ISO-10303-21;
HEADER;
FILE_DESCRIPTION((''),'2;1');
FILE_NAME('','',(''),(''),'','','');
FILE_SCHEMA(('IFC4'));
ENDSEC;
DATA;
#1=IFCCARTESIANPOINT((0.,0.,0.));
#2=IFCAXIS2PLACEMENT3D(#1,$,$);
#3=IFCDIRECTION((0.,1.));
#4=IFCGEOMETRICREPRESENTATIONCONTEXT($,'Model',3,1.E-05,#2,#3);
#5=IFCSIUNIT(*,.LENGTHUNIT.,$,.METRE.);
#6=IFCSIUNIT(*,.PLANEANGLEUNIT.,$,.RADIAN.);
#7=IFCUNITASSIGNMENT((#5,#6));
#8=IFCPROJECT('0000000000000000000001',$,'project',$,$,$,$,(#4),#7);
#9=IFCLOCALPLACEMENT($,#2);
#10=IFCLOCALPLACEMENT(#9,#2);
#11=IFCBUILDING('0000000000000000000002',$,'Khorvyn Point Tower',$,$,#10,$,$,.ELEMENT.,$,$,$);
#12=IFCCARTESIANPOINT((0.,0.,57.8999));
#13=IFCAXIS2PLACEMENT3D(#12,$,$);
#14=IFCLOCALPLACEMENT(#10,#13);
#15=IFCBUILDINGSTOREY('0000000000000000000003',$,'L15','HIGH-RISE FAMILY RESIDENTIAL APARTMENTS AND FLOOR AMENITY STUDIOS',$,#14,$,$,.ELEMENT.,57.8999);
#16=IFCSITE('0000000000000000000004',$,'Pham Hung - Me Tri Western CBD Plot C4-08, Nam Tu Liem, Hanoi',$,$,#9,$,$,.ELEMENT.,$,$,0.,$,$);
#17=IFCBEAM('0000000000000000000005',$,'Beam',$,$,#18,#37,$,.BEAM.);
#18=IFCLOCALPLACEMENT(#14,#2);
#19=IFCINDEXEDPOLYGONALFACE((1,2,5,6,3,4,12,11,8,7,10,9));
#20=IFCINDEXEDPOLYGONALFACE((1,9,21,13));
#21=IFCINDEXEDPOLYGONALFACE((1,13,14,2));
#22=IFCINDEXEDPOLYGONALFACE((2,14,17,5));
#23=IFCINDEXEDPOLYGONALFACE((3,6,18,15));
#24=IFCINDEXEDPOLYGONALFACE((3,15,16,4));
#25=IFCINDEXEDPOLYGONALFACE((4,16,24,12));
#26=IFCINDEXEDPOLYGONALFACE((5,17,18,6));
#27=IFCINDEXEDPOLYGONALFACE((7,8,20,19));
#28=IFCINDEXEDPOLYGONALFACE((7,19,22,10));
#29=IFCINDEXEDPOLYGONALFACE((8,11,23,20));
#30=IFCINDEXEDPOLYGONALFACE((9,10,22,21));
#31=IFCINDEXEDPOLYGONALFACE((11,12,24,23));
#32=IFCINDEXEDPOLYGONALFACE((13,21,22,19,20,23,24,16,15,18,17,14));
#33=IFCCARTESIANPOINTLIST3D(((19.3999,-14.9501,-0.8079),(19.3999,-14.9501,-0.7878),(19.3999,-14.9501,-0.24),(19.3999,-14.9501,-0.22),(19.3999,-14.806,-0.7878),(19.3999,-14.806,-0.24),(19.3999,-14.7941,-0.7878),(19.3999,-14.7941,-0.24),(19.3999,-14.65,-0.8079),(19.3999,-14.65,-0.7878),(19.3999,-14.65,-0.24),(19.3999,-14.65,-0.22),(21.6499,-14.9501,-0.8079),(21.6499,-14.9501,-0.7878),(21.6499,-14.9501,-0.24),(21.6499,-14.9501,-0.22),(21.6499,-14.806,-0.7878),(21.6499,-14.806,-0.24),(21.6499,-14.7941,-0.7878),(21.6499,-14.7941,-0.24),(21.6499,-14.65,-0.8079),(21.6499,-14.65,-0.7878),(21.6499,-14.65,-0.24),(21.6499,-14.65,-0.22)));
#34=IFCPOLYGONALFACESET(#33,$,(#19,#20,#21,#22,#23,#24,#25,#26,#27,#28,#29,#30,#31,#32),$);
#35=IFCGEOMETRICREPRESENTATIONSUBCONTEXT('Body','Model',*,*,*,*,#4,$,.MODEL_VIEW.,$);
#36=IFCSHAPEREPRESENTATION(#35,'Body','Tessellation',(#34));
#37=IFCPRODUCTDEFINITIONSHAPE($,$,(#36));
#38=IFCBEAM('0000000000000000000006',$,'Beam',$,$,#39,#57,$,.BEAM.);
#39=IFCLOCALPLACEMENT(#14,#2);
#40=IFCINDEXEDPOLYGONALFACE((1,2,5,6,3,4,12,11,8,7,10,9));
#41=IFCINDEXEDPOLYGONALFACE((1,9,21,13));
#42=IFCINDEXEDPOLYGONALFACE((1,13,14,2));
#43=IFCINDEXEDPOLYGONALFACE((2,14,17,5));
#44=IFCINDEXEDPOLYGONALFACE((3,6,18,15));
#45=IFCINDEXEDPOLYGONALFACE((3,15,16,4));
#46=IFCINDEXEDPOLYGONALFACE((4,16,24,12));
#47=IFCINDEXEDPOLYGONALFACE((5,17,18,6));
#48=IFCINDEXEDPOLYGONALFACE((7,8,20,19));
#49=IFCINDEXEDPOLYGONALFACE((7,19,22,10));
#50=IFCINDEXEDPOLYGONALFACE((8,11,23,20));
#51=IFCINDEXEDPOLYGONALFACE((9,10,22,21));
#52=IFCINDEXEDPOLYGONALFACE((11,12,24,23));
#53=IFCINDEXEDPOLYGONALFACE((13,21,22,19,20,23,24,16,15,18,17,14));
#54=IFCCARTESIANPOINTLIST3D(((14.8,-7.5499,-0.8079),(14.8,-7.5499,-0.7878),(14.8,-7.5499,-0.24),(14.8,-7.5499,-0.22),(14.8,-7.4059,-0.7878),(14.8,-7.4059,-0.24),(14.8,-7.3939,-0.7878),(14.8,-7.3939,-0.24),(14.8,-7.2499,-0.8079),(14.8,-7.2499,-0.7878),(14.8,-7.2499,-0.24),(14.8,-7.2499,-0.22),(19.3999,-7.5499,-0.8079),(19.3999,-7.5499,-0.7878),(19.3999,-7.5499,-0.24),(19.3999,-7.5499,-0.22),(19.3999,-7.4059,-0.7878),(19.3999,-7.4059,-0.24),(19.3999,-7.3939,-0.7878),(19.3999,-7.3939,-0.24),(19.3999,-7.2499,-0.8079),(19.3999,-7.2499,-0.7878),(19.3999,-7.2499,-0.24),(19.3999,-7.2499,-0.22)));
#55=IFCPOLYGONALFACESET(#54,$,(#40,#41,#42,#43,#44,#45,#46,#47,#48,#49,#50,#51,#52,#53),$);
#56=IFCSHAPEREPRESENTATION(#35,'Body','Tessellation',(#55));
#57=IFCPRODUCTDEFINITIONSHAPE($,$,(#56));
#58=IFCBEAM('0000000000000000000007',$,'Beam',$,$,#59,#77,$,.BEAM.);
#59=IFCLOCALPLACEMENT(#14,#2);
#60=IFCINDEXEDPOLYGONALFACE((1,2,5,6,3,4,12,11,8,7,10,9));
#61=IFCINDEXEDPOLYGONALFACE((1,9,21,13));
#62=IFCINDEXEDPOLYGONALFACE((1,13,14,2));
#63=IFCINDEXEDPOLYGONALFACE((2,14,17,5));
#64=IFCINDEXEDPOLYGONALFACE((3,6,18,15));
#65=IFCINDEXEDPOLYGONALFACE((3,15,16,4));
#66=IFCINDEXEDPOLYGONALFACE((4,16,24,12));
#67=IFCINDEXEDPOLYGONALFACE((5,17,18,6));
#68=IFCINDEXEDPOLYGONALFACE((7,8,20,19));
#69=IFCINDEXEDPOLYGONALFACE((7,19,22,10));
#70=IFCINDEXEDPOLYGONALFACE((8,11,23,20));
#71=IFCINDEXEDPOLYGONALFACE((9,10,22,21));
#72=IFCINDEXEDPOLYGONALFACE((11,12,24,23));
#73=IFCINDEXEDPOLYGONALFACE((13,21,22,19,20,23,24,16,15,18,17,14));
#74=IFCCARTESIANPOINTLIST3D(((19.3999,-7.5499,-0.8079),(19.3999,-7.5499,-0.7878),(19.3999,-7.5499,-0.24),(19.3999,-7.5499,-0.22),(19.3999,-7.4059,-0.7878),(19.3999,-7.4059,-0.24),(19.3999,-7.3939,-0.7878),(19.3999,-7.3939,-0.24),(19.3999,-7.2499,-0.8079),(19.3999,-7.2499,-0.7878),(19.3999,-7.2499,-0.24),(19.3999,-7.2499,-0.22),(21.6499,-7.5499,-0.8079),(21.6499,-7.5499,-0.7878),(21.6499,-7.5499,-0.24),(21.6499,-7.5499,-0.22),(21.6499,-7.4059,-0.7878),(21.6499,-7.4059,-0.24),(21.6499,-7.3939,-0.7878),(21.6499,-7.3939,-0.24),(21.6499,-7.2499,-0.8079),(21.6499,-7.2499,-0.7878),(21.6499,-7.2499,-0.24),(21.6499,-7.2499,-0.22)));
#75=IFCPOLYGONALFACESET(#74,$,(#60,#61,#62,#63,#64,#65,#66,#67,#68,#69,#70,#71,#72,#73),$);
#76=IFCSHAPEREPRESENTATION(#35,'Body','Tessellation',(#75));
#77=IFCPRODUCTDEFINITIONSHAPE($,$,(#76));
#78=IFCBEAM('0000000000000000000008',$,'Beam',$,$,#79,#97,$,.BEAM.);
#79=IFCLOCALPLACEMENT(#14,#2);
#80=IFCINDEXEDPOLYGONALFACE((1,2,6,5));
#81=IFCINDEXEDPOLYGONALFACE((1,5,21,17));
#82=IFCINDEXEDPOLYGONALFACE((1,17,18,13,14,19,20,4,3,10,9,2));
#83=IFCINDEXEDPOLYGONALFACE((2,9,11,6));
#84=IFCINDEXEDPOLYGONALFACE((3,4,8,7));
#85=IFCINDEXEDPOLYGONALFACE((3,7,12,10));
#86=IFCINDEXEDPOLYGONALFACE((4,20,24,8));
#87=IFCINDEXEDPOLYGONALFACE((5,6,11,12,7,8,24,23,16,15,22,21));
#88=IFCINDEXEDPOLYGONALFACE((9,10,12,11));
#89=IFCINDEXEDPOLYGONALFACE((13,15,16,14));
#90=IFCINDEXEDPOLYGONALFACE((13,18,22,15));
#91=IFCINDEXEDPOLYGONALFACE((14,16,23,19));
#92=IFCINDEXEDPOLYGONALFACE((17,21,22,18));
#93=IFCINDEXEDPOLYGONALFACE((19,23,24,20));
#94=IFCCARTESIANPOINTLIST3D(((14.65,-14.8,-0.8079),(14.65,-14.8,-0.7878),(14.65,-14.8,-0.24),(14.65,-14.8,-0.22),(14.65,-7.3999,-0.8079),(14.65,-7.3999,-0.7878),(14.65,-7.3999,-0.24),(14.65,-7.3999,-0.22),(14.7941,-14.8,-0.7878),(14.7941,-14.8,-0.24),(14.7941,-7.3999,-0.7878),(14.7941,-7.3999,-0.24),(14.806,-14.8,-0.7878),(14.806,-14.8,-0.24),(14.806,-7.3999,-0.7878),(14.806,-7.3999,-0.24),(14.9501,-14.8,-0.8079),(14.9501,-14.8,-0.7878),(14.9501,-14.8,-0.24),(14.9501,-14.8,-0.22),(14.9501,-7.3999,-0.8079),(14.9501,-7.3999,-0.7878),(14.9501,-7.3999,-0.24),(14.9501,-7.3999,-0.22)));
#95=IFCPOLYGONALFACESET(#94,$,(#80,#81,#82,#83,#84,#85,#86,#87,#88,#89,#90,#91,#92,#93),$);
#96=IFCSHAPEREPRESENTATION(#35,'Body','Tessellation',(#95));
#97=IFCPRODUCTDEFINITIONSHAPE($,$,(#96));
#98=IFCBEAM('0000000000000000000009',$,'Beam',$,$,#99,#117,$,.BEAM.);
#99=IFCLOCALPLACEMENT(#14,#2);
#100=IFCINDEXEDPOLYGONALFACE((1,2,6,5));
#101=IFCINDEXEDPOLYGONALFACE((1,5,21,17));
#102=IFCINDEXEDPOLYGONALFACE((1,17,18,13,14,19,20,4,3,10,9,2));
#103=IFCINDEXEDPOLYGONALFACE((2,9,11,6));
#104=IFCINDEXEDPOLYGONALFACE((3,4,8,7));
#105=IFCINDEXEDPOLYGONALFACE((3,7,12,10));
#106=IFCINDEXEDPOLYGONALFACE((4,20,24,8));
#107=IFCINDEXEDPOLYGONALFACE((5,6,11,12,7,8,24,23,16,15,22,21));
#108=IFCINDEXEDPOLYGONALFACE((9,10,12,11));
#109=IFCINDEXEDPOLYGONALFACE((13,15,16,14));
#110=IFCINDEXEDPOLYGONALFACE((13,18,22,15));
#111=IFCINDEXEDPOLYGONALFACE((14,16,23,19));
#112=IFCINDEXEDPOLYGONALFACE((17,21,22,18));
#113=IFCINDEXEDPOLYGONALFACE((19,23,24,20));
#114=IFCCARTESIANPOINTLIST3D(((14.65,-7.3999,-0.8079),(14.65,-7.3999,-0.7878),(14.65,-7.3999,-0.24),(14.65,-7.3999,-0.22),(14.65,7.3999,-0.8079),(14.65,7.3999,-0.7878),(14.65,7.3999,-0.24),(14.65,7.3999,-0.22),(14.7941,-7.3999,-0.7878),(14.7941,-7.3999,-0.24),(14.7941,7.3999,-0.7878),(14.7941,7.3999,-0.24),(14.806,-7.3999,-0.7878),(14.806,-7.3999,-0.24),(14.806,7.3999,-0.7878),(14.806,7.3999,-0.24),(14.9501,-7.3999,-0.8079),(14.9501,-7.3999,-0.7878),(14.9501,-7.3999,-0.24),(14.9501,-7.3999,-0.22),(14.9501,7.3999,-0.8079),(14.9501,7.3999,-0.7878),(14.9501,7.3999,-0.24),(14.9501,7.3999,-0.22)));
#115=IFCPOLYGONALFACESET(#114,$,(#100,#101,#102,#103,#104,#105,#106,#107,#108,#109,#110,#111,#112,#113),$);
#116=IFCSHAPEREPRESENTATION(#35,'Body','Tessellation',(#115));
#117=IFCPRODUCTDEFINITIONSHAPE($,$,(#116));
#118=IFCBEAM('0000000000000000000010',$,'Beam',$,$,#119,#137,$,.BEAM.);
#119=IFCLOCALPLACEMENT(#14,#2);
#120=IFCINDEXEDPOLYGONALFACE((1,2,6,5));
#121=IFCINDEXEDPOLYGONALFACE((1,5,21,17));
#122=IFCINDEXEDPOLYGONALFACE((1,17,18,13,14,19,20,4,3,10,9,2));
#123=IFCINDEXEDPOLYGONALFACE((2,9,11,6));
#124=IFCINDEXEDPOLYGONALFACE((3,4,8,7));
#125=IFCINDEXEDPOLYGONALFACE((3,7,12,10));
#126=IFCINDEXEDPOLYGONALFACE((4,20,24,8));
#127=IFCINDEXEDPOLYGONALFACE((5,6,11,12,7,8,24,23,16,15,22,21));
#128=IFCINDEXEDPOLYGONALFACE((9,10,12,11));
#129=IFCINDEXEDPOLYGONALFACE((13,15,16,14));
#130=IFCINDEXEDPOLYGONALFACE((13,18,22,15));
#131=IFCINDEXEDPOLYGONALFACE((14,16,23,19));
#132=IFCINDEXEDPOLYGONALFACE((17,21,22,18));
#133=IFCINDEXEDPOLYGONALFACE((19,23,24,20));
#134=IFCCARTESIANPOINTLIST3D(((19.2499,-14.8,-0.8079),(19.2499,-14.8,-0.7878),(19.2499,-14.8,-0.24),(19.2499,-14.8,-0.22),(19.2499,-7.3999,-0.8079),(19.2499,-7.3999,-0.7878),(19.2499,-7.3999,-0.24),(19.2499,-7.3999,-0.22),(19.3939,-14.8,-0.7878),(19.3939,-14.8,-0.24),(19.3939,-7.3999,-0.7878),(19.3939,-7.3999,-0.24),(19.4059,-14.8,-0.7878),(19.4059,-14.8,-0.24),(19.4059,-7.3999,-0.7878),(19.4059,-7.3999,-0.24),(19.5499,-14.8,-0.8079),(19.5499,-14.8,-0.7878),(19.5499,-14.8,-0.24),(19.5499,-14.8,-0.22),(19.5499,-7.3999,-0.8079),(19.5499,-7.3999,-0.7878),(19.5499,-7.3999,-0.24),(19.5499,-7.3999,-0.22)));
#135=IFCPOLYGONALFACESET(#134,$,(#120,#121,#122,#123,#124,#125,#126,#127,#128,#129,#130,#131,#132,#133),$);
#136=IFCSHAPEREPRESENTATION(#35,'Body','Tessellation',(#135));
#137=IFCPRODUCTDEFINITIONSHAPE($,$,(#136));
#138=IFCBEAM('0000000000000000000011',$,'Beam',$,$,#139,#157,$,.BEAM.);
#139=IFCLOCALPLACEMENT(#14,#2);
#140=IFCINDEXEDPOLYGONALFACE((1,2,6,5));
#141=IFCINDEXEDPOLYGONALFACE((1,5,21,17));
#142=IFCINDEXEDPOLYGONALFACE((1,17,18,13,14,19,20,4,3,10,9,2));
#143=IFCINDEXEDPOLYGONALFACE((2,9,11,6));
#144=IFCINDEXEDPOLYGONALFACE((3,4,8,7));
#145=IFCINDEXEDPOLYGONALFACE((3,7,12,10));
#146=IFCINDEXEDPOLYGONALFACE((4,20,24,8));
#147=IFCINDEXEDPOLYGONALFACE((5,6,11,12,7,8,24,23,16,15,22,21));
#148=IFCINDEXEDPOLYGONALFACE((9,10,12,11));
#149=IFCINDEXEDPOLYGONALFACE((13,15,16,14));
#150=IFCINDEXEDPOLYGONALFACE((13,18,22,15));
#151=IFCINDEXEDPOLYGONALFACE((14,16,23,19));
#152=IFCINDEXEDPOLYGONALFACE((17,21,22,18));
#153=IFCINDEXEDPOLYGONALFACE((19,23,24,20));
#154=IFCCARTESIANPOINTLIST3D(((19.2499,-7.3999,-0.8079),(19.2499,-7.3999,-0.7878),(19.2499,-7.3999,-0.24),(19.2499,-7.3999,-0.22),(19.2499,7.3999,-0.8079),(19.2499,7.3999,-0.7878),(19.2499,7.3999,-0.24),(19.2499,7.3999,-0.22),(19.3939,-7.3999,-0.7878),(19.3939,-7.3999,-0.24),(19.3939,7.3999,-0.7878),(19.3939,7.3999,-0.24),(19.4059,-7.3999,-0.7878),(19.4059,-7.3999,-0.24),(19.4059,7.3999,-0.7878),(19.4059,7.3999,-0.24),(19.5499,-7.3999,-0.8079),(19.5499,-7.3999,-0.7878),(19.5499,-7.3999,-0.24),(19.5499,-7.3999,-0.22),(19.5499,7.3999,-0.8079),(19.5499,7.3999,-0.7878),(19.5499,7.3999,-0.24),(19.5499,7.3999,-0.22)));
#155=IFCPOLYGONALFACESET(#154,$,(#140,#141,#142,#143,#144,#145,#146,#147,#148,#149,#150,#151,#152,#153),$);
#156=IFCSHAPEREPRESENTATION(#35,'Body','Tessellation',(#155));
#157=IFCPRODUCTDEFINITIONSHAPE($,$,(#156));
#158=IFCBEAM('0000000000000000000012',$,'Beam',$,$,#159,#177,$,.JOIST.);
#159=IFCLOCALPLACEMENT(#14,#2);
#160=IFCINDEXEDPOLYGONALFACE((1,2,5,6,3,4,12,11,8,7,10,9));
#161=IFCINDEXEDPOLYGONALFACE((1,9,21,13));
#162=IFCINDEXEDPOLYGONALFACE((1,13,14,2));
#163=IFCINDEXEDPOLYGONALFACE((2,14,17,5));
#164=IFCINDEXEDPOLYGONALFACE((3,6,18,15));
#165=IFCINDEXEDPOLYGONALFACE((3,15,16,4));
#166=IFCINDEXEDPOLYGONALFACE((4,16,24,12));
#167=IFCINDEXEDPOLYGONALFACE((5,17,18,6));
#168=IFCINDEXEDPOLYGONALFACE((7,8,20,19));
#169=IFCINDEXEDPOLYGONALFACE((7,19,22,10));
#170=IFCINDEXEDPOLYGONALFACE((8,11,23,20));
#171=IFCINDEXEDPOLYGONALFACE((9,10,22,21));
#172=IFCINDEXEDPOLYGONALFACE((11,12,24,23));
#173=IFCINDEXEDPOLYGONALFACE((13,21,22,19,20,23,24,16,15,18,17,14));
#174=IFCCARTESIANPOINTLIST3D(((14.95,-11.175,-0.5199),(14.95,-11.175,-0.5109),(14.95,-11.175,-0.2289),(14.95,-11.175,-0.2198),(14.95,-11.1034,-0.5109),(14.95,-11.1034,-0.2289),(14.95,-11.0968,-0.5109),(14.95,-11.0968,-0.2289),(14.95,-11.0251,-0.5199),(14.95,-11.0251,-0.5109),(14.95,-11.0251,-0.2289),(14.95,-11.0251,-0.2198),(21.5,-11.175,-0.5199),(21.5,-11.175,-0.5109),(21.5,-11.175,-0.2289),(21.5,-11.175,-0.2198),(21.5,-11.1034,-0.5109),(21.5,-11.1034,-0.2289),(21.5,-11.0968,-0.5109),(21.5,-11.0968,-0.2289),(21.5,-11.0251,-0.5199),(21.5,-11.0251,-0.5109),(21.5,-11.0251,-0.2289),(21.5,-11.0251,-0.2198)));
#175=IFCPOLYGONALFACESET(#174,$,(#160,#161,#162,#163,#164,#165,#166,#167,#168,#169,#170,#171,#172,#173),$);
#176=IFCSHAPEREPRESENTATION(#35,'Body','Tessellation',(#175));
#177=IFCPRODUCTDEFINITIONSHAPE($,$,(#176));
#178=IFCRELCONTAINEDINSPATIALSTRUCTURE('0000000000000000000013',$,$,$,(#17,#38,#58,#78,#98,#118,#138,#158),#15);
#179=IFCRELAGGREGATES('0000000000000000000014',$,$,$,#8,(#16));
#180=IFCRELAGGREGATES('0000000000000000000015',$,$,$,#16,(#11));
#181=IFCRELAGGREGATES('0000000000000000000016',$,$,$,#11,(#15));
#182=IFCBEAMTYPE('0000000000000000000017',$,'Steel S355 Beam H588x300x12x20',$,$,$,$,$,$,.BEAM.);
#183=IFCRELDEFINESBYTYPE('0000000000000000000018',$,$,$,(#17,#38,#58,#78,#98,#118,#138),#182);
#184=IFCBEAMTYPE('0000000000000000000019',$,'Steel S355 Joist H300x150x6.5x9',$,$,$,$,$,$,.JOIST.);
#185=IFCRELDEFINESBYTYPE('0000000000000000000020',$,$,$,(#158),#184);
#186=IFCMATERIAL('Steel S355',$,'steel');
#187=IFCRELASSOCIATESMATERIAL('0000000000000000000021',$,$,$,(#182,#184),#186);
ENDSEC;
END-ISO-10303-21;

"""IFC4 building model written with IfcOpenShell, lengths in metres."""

from ifc_helpers import new_model, si_unit, direction, frame, origin, origin_2d, place, context, subcontext, project, spatial, i_section, extrude, material, material_profile, profile_set, type_object, element, save


model = new_model("IFC4")

# Units and contexts
model_context = context("Model", 3, precision=1e-05, world=origin(), true_north=direction((0.0, 1.0)))
body_context = subcontext(model_context, "Body", "Model", "MODEL_VIEW")
ifc_project = project(units=[si_unit("LENGTHUNIT", "METRE"), si_unit("PLANEANGLEUNIT", "RADIAN")], contexts=[model_context])

# Site, building, storey
site_placement = place(None, origin())
site = spatial("IfcSite", under=ifc_project, at=site_placement, Name="Pham Hung - Me Tri Western CBD Plot C4-08, Nam Tu Liem, Hanoi", CompositionType="ELEMENT", RefElevation=0.0)
building_placement = place(site_placement, origin())
building = spatial("IfcBuilding", under=site, at=building_placement, Name="Khorvyn Point Tower", CompositionType="ELEMENT")
storey_placement = place(building_placement, frame((0.0, 0.0, 57.8999)))
storey = spatial("IfcBuildingStorey", under=building, at=storey_placement, Name="L15", Description="HIGH-RISE FAMILY RESIDENTIAL APARTMENTS AND FLOOR AMENITY STUDIOS", CompositionType="ELEMENT", Elevation=57.8999)

# Beams
ifc_material_1 = material(Name="Steel S355", Category="steel")
ifc_material_profile_1 = material_profile(ifc_material_1, i_section(OverallWidth=0.3, OverallDepth=0.5879, WebThickness=0.012, FlangeThickness=0.02, at=origin_2d()))
ifc_profile_set_1 = profile_set([ifc_material_profile_1], Name="Steel S355 H588x300x12x20")
beam_type_1 = type_object("IfcBeamType", Name="Steel S355 Beam H588x300x12x20", PredefinedType="BEAM", material=ifc_profile_set_1)
beam_1_placement = place(storey_placement, frame((19.3999, -14.8, -0.5139), z_axis=(1.0, 0.0, 0.0), x_axis=(0.0, 1.0, 0.0)))
element("IfcBeam", 1, at=beam_1_placement, inside=storey, type_object=beam_type_1, Name="Beam", PredefinedType="BEAM", context=body_context, shape_type="SweptSolid", body=[
    extrude(i_section(OverallWidth=0.3, OverallDepth=0.5879, WebThickness=0.012, FlangeThickness=0.02, at=origin_2d()), origin(), (0.0, 0.0, 1.0), 2.25),
])
beam_2_placement = place(storey_placement, frame((14.8, -7.3999, -0.5139), z_axis=(1.0, 0.0, 0.0), x_axis=(0.0, 1.0, 0.0)))
element("IfcBeam", 2, at=beam_2_placement, inside=storey, type_object=beam_type_1, Name="Beam", PredefinedType="BEAM", context=body_context, shape_type="SweptSolid", body=[
    extrude(i_section(OverallWidth=0.3, OverallDepth=0.5879, WebThickness=0.012, FlangeThickness=0.02, at=origin_2d()), origin(), (0.0, 0.0, 1.0), 4.5999),
])
beam_3_placement = place(storey_placement, frame((19.3999, -7.3999, -0.5139), z_axis=(1.0, 0.0, 0.0), x_axis=(0.0, 1.0, 0.0)))
element("IfcBeam", 3, at=beam_3_placement, inside=storey, type_object=beam_type_1, Name="Beam", PredefinedType="BEAM", context=body_context, shape_type="SweptSolid", body=[
    extrude(i_section(OverallWidth=0.3, OverallDepth=0.5879, WebThickness=0.012, FlangeThickness=0.02, at=origin_2d()), origin(), (0.0, 0.0, 1.0), 2.25),
])
beam_4_placement = place(storey_placement, frame((14.8, -14.8, -0.5139), z_axis=(0.0, 1.0, 0.0), x_axis=(-1.0, 0.0, 0.0)))
element("IfcBeam", 4, at=beam_4_placement, inside=storey, type_object=beam_type_1, Name="Beam", PredefinedType="BEAM", context=body_context, shape_type="SweptSolid", body=[
    extrude(i_section(OverallWidth=0.3, OverallDepth=0.5879, WebThickness=0.012, FlangeThickness=0.02, at=origin_2d()), origin(), (0.0, 0.0, 1.0), 7.4001),
])
beam_5_placement = place(storey_placement, frame((14.8, -7.3999, -0.5139), z_axis=(0.0, 1.0, 0.0), x_axis=(-1.0, 0.0, 0.0)))
element("IfcBeam", 5, at=beam_5_placement, inside=storey, type_object=beam_type_1, Name="Beam", PredefinedType="BEAM", context=body_context, shape_type="SweptSolid", body=[
    extrude(i_section(OverallWidth=0.3, OverallDepth=0.5879, WebThickness=0.012, FlangeThickness=0.02, at=origin_2d()), origin(), (0.0, 0.0, 1.0), 14.7998),
])
beam_6_placement = place(storey_placement, frame((19.3999, -14.8, -0.5139), z_axis=(0.0, 1.0, 0.0), x_axis=(-1.0, 0.0, 0.0)))
element("IfcBeam", 6, at=beam_6_placement, inside=storey, type_object=beam_type_1, Name="Beam", PredefinedType="BEAM", context=body_context, shape_type="SweptSolid", body=[
    extrude(i_section(OverallWidth=0.3, OverallDepth=0.5879, WebThickness=0.012, FlangeThickness=0.02, at=origin_2d()), origin(), (0.0, 0.0, 1.0), 7.4001),
])
beam_7_placement = place(storey_placement, frame((19.3999, -7.3999, -0.5139), z_axis=(0.0, 1.0, 0.0), x_axis=(-1.0, 0.0, 0.0)))
element("IfcBeam", 7, at=beam_7_placement, inside=storey, type_object=beam_type_1, Name="Beam", PredefinedType="BEAM", context=body_context, shape_type="SweptSolid", body=[
    extrude(i_section(OverallWidth=0.3, OverallDepth=0.5879, WebThickness=0.012, FlangeThickness=0.02, at=origin_2d()), origin(), (0.0, 0.0, 1.0), 14.7998),
])
ifc_material_profile_2 = material_profile(ifc_material_1, i_section(OverallWidth=0.1499, OverallDepth=0.3, WebThickness=0.0066, FlangeThickness=0.009, at=origin_2d()))
ifc_profile_set_2 = profile_set([ifc_material_profile_2], Name="Steel S355 H300x150x6.5x9")
beam_type_2 = type_object("IfcBeamType", Name="Steel S355 Joist H300x150x6.5x9", PredefinedType="JOIST", material=ifc_profile_set_2)
beam_8_placement = place(storey_placement, frame((14.95, -11.1001, -0.3699), z_axis=(1.0, 0.0, 0.0), x_axis=(0.0, 1.0, 0.0)))
element("IfcBeam", 8, at=beam_8_placement, inside=storey, type_object=beam_type_2, Name="Beam", PredefinedType="JOIST", context=body_context, shape_type="SweptSolid", body=[
    extrude(i_section(OverallWidth=0.1499, OverallDepth=0.3, WebThickness=0.0066, FlangeThickness=0.009, at=origin_2d()), origin(), (0.0, 0.0, 1.0), 6.55),
])

save(model, "model.ifc")
